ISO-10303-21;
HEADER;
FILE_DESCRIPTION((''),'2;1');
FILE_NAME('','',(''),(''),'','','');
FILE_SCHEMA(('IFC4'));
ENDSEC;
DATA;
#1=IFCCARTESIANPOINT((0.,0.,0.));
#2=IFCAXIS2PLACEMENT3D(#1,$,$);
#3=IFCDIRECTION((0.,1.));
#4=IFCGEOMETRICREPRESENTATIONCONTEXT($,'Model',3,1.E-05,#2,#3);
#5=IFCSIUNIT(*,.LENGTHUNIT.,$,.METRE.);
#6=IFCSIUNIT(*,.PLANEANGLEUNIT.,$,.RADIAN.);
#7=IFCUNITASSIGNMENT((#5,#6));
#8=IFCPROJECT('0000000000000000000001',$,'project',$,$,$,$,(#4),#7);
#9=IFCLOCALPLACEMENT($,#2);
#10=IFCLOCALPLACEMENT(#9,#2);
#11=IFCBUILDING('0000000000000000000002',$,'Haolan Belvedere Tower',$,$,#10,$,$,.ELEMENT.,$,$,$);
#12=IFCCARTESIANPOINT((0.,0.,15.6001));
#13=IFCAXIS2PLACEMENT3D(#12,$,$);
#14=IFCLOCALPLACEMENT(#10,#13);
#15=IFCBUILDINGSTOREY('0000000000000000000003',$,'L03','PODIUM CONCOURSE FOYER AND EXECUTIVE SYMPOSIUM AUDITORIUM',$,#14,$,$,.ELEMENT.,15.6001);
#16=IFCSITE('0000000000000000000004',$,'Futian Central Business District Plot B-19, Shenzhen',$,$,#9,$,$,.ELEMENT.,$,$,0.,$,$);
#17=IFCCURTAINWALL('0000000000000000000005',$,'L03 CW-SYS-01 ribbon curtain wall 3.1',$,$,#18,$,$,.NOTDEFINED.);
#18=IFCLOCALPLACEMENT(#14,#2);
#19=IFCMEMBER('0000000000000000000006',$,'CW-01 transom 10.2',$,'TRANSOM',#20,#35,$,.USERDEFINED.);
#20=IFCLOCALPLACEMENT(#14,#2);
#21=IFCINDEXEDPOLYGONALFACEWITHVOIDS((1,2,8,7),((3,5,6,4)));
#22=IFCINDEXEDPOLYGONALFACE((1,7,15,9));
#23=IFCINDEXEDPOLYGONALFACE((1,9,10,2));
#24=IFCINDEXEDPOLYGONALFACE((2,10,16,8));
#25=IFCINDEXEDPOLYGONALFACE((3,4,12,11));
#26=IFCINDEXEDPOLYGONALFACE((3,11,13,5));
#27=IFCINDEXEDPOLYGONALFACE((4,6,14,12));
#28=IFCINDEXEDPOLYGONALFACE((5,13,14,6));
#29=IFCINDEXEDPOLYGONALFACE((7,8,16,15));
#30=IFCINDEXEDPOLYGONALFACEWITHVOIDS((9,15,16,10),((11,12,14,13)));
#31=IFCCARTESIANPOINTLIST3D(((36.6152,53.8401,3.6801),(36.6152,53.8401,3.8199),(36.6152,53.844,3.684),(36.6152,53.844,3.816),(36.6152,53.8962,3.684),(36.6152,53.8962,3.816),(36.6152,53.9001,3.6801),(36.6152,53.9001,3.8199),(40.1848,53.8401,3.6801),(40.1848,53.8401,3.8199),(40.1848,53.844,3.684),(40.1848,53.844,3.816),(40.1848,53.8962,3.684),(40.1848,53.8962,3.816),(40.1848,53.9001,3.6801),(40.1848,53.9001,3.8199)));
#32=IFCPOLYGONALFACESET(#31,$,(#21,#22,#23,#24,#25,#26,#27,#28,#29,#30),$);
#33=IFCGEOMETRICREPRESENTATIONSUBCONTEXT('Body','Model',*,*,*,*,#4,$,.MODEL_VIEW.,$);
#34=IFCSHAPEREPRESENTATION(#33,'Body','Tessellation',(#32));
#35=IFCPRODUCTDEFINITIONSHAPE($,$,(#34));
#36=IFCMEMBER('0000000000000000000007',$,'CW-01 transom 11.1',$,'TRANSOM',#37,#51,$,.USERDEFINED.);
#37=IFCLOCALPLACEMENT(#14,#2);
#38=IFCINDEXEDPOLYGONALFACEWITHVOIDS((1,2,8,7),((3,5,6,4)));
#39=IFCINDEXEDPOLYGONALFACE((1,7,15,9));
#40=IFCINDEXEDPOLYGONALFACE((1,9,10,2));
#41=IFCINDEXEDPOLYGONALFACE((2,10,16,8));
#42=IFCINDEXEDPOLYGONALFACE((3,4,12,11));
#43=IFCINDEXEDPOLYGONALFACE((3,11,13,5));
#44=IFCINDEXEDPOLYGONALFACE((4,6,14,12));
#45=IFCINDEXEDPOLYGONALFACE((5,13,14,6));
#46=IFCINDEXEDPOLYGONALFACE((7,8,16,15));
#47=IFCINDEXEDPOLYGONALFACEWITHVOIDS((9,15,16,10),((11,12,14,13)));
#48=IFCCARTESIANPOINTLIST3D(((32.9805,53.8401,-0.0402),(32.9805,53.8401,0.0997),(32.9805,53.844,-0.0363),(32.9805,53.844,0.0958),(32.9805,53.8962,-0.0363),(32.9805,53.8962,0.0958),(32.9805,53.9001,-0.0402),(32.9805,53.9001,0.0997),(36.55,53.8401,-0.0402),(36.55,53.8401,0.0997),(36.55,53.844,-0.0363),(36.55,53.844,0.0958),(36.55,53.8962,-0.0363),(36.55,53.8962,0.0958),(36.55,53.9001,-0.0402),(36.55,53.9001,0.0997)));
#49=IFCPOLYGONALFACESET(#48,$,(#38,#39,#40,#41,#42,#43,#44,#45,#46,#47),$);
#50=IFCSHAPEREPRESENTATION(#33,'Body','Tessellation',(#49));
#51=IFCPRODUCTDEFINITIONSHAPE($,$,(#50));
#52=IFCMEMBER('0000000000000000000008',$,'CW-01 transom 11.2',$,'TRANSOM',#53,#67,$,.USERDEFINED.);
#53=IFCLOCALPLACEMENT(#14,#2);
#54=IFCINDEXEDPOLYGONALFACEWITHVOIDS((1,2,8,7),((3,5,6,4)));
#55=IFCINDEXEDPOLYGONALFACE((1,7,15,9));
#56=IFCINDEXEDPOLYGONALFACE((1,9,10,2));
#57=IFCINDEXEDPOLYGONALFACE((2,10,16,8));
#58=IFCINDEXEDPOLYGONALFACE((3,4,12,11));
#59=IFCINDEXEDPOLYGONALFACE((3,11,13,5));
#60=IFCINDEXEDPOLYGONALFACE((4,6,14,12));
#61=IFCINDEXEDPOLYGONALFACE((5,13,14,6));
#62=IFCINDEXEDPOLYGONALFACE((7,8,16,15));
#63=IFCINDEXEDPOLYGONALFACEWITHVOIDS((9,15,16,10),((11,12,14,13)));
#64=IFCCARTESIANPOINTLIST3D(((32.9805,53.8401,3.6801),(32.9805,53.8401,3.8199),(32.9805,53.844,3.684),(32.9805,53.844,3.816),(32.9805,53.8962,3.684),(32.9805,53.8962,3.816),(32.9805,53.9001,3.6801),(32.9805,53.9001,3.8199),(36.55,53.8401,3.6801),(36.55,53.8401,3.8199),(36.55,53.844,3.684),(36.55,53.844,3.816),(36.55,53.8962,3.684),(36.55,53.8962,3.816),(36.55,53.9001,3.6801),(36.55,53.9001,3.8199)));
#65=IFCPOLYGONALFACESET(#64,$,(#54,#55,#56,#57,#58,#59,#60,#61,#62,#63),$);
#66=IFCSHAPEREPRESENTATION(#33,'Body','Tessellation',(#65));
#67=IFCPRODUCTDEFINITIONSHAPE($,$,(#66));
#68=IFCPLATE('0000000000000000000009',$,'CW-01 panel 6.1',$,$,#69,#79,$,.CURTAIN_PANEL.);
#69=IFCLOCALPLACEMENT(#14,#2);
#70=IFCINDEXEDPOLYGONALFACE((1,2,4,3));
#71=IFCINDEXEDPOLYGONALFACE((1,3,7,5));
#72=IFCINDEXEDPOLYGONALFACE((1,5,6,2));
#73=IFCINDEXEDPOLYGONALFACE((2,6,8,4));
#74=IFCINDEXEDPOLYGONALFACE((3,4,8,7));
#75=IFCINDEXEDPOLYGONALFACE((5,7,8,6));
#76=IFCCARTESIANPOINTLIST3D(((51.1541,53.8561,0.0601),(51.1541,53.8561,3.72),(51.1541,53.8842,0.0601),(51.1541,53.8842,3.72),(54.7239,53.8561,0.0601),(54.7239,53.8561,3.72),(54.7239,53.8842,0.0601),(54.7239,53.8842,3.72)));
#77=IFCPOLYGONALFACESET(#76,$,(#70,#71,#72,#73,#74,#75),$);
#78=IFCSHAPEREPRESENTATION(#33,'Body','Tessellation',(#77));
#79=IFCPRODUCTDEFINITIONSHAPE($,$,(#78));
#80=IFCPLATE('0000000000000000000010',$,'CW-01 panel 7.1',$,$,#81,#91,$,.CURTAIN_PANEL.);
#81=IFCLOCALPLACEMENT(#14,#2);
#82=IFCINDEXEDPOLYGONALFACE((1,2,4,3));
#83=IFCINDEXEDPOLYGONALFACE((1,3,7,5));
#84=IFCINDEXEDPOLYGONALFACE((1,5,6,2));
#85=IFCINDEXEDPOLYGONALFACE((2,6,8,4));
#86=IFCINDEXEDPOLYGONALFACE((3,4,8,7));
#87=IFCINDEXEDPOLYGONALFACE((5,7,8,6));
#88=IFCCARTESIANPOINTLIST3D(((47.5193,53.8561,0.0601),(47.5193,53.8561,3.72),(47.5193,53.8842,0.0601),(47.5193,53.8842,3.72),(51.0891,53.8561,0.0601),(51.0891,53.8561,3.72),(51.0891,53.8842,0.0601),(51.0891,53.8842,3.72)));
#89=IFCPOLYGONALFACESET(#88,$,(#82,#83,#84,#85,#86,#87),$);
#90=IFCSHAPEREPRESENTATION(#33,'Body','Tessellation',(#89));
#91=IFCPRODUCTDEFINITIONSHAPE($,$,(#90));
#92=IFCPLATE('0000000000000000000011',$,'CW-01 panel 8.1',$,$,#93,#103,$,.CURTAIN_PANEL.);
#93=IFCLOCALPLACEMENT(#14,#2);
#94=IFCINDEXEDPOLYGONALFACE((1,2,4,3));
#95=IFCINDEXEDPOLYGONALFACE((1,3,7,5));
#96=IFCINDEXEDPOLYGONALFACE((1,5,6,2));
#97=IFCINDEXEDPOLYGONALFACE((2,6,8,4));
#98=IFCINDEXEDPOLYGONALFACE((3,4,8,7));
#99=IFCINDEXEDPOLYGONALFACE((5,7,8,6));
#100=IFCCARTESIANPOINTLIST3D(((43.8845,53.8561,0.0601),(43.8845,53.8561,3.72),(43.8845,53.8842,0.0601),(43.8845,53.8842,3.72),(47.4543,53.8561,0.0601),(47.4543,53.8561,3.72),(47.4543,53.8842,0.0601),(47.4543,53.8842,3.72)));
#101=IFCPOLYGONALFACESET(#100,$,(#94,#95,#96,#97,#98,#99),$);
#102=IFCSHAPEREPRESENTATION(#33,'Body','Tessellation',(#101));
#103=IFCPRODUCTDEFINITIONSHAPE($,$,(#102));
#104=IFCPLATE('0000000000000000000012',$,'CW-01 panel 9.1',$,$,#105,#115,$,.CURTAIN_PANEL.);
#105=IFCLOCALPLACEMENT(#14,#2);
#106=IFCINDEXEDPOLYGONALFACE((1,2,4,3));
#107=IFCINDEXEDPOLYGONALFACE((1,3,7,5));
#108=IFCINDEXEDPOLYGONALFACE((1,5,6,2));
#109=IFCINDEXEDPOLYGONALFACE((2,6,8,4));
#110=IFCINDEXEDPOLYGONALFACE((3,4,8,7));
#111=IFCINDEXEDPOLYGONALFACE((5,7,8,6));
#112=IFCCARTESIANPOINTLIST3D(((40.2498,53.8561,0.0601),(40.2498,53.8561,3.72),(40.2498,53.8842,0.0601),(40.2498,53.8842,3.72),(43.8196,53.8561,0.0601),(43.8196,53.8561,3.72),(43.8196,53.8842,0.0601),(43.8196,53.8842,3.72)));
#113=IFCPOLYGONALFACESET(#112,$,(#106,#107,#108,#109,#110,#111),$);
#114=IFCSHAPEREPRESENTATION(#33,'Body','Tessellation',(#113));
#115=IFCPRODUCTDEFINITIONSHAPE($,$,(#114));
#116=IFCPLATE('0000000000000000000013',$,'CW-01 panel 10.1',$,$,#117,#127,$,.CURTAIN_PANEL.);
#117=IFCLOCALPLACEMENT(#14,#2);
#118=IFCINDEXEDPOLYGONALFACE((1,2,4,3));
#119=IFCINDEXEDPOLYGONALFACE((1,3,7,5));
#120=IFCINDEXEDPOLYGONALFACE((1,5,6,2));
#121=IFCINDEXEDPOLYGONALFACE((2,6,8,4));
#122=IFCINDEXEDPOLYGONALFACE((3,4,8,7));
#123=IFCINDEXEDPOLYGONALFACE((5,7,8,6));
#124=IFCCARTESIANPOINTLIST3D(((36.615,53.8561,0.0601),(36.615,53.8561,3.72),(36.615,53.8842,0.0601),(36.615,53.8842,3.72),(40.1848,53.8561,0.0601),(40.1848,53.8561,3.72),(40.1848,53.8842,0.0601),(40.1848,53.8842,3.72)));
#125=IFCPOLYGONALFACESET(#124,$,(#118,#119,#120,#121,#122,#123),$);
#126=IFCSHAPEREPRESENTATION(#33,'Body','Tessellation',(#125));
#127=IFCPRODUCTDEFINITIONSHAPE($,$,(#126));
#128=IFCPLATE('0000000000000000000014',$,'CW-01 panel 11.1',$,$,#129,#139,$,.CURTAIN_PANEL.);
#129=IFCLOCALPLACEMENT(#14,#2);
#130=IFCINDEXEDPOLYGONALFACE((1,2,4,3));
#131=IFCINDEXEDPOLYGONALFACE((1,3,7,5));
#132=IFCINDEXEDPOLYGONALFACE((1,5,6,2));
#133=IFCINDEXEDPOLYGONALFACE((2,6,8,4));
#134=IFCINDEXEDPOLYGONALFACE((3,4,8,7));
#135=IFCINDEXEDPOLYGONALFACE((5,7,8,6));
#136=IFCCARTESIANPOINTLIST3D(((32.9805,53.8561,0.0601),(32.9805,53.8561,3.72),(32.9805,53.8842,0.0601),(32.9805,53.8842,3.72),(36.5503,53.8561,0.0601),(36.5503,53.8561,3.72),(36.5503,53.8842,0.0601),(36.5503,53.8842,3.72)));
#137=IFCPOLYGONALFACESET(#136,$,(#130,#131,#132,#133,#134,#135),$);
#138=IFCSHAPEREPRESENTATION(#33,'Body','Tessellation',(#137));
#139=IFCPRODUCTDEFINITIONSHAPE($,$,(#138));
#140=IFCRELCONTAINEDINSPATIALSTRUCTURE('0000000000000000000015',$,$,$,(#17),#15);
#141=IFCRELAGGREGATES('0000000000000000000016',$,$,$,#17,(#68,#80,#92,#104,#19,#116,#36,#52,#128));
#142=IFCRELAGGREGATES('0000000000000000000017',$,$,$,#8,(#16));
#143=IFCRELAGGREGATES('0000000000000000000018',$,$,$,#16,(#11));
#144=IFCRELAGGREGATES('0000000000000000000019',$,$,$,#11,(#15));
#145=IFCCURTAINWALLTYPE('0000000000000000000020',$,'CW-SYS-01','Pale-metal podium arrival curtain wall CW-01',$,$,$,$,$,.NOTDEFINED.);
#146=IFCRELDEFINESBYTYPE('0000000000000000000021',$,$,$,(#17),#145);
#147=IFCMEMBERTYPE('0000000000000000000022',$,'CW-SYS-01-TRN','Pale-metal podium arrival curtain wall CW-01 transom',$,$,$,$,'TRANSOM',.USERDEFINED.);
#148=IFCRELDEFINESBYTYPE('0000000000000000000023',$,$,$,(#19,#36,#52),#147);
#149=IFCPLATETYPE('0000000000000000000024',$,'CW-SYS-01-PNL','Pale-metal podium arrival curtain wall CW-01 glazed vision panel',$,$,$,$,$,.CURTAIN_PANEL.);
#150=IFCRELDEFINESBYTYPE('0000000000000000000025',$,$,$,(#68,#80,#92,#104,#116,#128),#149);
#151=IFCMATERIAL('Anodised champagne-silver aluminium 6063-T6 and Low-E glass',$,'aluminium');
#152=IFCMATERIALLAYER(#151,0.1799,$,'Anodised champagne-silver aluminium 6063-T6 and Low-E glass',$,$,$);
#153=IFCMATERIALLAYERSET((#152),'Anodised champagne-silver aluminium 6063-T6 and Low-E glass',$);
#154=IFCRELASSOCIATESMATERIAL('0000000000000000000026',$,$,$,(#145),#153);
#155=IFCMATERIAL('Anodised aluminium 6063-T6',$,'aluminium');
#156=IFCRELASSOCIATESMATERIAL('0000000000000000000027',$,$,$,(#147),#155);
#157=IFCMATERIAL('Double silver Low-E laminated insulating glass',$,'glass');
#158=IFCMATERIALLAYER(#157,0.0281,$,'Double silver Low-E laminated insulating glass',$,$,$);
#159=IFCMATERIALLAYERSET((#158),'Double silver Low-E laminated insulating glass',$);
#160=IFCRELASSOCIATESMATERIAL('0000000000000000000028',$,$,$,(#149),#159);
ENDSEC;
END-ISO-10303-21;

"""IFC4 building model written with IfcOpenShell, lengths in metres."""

from ifc_helpers import new_model, si_unit, direction, frame, origin, origin_2d, place, context, subcontext, project, spatial, rectangle, hollow_rectangle, extrude, material, layer, layer_set, material_profile, profile_set, type_object, element, aggregate, save


model = new_model("IFC4")

# Units and contexts
model_context = context("Model", 3, precision=1e-05, world=origin(), true_north=direction((0.0, 1.0)))
body_context = subcontext(model_context, "Body", "Model", "MODEL_VIEW")
ifc_project = project(units=[si_unit("LENGTHUNIT", "METRE"), si_unit("PLANEANGLEUNIT", "RADIAN")], contexts=[model_context])

# Site, building, storey
site_placement = place(None, origin())
site = spatial("IfcSite", under=ifc_project, at=site_placement, Name="Futian Central Business District Plot B-19, Shenzhen", CompositionType="ELEMENT", RefElevation=0.0)
building_placement = place(site_placement, origin())
building = spatial("IfcBuilding", under=site, at=building_placement, Name="Haolan Belvedere Tower", CompositionType="ELEMENT")
storey_placement = place(building_placement, frame((0.0, 0.0, 15.6001)))
storey = spatial("IfcBuildingStorey", under=building, at=storey_placement, Name="L03", Description="PODIUM CONCOURSE FOYER AND EXECUTIVE SYMPOSIUM AUDITORIUM", CompositionType="ELEMENT", Elevation=15.6001)

# Curtain wall, members, plates
ifc_material_1 = material(Name="Anodised champagne-silver aluminium 6063-T6 and Low-E glass", Category="aluminium")
ifc_layer_1 = layer(ifc_material_1, 0.1799, Name="Anodised champagne-silver aluminium 6063-T6 and Low-E glass")
ifc_layer_set_1 = layer_set([ifc_layer_1], Name="Anodised champagne-silver aluminium 6063-T6 and Low-E glass")
curtain_wall_type = type_object("IfcCurtainWallType", Name="CW-SYS-01", Description="Pale-metal podium arrival curtain wall CW-01", PredefinedType="NOTDEFINED", material=ifc_layer_set_1)
curtain_wall_placement = place(storey_placement, origin())
curtain_wall = element("IfcCurtainWall", 1, at=curtain_wall_placement, inside=storey, type_object=curtain_wall_type, Name="L03 CW-SYS-01 ribbon curtain wall 3.1", PredefinedType="NOTDEFINED")
ifc_material_2 = material(Name="Anodised aluminium 6063-T6", Category="aluminium")
ifc_material_profile_1 = material_profile(ifc_material_2, hollow_rectangle(XDim=0.0601, YDim=0.1399, WallThickness=0.0039, at=origin_2d()), Name="Anodised aluminium 6063-T6")
ifc_profile_set_1 = profile_set([ifc_material_profile_1], Name="Anodised aluminium 6063-T6")
member_type_1 = type_object("IfcMemberType", Name="CW-SYS-01-TRN", Description="Pale-metal podium arrival curtain wall CW-01 transom", ElementType="TRANSOM", PredefinedType="USERDEFINED", material=ifc_profile_set_1)
member_1_placement = place(storey_placement, frame((40.1848, 53.8701, 3.75), z_axis=(-1.0, 0.0, 0.0), x_axis=(0.0, -1.0, 0.0)))
member_1 = element("IfcMember", 2, at=member_1_placement, type_object=member_type_1, Name="CW-01 transom 10.2", ObjectType="TRANSOM", PredefinedType="USERDEFINED", context=body_context, shape_type="SweptSolid", body=[
    extrude(hollow_rectangle(XDim=0.0601, YDim=0.1399, WallThickness=0.0039, at=origin_2d()), origin(), (0.0, 0.0, 1.0), 3.5696),
])
member_2_placement = place(storey_placement, frame((36.55, 53.8701, 0.0298), z_axis=(-1.0, 0.0, 0.0), x_axis=(0.0, -1.0, 0.0)))
member_2 = element("IfcMember", 3, at=member_2_placement, type_object=member_type_1, Name="CW-01 transom 11.1", ObjectType="TRANSOM", PredefinedType="USERDEFINED", context=body_context, shape_type="SweptSolid", body=[
    extrude(hollow_rectangle(XDim=0.0601, YDim=0.1399, WallThickness=0.0039, at=origin_2d()), origin(), (0.0, 0.0, 1.0), 3.5696),
])
member_3_placement = place(storey_placement, frame((36.55, 53.8701, 3.75), z_axis=(-1.0, 0.0, 0.0), x_axis=(0.0, -1.0, 0.0)))
member_3 = element("IfcMember", 4, at=member_3_placement, type_object=member_type_1, Name="CW-01 transom 11.2", ObjectType="TRANSOM", PredefinedType="USERDEFINED", context=body_context, shape_type="SweptSolid", body=[
    extrude(hollow_rectangle(XDim=0.0601, YDim=0.1399, WallThickness=0.0039, at=origin_2d()), origin(), (0.0, 0.0, 1.0), 3.5696),
])
ifc_material_3 = material(Name="Double silver Low-E laminated insulating glass", Category="glass")
ifc_layer_2 = layer(ifc_material_3, 0.0281, Name="Double silver Low-E laminated insulating glass")
ifc_layer_set_2 = layer_set([ifc_layer_2], Name="Double silver Low-E laminated insulating glass")
plate_type = type_object("IfcPlateType", Name="CW-SYS-01-PNL", Description="Pale-metal podium arrival curtain wall CW-01 glazed vision panel", PredefinedType="CURTAIN_PANEL", material=ifc_layer_set_2)
plate_1_placement = place(storey_placement, frame((52.939, 53.8701, 0.0601), z_axis=(0.0, 0.0, 1.0), x_axis=(-1.0, 0.0, 0.0)))
plate_1 = element("IfcPlate", 5, at=plate_1_placement, type_object=plate_type, Name="CW-01 panel 6.1", PredefinedType="CURTAIN_PANEL", context=body_context, shape_type="SweptSolid", body=[
    extrude(rectangle(XDim=3.5698, YDim=0.0281, at=origin_2d()), origin(), (0.0, 0.0, 1.0), 3.6599),
])
plate_2_placement = place(storey_placement, frame((49.3042, 53.8701, 0.0601), z_axis=(0.0, 0.0, 1.0), x_axis=(-1.0, 0.0, 0.0)))
plate_2 = element("IfcPlate", 6, at=plate_2_placement, type_object=plate_type, Name="CW-01 panel 7.1", PredefinedType="CURTAIN_PANEL", context=body_context, shape_type="SweptSolid", body=[
    extrude(rectangle(XDim=3.5698, YDim=0.0281, at=origin_2d()), origin(), (0.0, 0.0, 1.0), 3.6599),
])
plate_3_placement = place(storey_placement, frame((45.6694, 53.8701, 0.0601), z_axis=(0.0, 0.0, 1.0), x_axis=(-1.0, 0.0, 0.0)))
plate_3 = element("IfcPlate", 7, at=plate_3_placement, type_object=plate_type, Name="CW-01 panel 8.1", PredefinedType="CURTAIN_PANEL", context=body_context, shape_type="SweptSolid", body=[
    extrude(rectangle(XDim=3.5698, YDim=0.0281, at=origin_2d()), origin(), (0.0, 0.0, 1.0), 3.6599),
])
plate_4_placement = place(storey_placement, frame((42.0347, 53.8701, 0.0601), z_axis=(0.0, 0.0, 1.0), x_axis=(-1.0, 0.0, 0.0)))
plate_4 = element("IfcPlate", 8, at=plate_4_placement, type_object=plate_type, Name="CW-01 panel 9.1", PredefinedType="CURTAIN_PANEL", context=body_context, shape_type="SweptSolid", body=[
    extrude(rectangle(XDim=3.5698, YDim=0.0281, at=origin_2d()), origin(), (0.0, 0.0, 1.0), 3.6599),
])
plate_5_placement = place(storey_placement, frame((38.3999, 53.8701, 0.0601), z_axis=(0.0, 0.0, 1.0), x_axis=(-1.0, 0.0, 0.0)))
plate_5 = element("IfcPlate", 9, at=plate_5_placement, type_object=plate_type, Name="CW-01 panel 10.1", PredefinedType="CURTAIN_PANEL", context=body_context, shape_type="SweptSolid", body=[
    extrude(rectangle(XDim=3.5698, YDim=0.0281, at=origin_2d()), origin(), (0.0, 0.0, 1.0), 3.6599),
])
plate_6_placement = place(storey_placement, frame((34.7654, 53.8701, 0.0601), z_axis=(0.0, 0.0, 1.0), x_axis=(-1.0, 0.0, 0.0)))
plate_6 = element("IfcPlate", 10, at=plate_6_placement, type_object=plate_type, Name="CW-01 panel 11.1", PredefinedType="CURTAIN_PANEL", context=body_context, shape_type="SweptSolid", body=[
    extrude(rectangle(XDim=3.5698, YDim=0.0281, at=origin_2d()), origin(), (0.0, 0.0, 1.0), 3.6599),
])
aggregate(curtain_wall, [plate_1, plate_2, plate_3, plate_4, member_1, plate_5, member_2, member_3, plate_6])

save(model, "model.ifc")
